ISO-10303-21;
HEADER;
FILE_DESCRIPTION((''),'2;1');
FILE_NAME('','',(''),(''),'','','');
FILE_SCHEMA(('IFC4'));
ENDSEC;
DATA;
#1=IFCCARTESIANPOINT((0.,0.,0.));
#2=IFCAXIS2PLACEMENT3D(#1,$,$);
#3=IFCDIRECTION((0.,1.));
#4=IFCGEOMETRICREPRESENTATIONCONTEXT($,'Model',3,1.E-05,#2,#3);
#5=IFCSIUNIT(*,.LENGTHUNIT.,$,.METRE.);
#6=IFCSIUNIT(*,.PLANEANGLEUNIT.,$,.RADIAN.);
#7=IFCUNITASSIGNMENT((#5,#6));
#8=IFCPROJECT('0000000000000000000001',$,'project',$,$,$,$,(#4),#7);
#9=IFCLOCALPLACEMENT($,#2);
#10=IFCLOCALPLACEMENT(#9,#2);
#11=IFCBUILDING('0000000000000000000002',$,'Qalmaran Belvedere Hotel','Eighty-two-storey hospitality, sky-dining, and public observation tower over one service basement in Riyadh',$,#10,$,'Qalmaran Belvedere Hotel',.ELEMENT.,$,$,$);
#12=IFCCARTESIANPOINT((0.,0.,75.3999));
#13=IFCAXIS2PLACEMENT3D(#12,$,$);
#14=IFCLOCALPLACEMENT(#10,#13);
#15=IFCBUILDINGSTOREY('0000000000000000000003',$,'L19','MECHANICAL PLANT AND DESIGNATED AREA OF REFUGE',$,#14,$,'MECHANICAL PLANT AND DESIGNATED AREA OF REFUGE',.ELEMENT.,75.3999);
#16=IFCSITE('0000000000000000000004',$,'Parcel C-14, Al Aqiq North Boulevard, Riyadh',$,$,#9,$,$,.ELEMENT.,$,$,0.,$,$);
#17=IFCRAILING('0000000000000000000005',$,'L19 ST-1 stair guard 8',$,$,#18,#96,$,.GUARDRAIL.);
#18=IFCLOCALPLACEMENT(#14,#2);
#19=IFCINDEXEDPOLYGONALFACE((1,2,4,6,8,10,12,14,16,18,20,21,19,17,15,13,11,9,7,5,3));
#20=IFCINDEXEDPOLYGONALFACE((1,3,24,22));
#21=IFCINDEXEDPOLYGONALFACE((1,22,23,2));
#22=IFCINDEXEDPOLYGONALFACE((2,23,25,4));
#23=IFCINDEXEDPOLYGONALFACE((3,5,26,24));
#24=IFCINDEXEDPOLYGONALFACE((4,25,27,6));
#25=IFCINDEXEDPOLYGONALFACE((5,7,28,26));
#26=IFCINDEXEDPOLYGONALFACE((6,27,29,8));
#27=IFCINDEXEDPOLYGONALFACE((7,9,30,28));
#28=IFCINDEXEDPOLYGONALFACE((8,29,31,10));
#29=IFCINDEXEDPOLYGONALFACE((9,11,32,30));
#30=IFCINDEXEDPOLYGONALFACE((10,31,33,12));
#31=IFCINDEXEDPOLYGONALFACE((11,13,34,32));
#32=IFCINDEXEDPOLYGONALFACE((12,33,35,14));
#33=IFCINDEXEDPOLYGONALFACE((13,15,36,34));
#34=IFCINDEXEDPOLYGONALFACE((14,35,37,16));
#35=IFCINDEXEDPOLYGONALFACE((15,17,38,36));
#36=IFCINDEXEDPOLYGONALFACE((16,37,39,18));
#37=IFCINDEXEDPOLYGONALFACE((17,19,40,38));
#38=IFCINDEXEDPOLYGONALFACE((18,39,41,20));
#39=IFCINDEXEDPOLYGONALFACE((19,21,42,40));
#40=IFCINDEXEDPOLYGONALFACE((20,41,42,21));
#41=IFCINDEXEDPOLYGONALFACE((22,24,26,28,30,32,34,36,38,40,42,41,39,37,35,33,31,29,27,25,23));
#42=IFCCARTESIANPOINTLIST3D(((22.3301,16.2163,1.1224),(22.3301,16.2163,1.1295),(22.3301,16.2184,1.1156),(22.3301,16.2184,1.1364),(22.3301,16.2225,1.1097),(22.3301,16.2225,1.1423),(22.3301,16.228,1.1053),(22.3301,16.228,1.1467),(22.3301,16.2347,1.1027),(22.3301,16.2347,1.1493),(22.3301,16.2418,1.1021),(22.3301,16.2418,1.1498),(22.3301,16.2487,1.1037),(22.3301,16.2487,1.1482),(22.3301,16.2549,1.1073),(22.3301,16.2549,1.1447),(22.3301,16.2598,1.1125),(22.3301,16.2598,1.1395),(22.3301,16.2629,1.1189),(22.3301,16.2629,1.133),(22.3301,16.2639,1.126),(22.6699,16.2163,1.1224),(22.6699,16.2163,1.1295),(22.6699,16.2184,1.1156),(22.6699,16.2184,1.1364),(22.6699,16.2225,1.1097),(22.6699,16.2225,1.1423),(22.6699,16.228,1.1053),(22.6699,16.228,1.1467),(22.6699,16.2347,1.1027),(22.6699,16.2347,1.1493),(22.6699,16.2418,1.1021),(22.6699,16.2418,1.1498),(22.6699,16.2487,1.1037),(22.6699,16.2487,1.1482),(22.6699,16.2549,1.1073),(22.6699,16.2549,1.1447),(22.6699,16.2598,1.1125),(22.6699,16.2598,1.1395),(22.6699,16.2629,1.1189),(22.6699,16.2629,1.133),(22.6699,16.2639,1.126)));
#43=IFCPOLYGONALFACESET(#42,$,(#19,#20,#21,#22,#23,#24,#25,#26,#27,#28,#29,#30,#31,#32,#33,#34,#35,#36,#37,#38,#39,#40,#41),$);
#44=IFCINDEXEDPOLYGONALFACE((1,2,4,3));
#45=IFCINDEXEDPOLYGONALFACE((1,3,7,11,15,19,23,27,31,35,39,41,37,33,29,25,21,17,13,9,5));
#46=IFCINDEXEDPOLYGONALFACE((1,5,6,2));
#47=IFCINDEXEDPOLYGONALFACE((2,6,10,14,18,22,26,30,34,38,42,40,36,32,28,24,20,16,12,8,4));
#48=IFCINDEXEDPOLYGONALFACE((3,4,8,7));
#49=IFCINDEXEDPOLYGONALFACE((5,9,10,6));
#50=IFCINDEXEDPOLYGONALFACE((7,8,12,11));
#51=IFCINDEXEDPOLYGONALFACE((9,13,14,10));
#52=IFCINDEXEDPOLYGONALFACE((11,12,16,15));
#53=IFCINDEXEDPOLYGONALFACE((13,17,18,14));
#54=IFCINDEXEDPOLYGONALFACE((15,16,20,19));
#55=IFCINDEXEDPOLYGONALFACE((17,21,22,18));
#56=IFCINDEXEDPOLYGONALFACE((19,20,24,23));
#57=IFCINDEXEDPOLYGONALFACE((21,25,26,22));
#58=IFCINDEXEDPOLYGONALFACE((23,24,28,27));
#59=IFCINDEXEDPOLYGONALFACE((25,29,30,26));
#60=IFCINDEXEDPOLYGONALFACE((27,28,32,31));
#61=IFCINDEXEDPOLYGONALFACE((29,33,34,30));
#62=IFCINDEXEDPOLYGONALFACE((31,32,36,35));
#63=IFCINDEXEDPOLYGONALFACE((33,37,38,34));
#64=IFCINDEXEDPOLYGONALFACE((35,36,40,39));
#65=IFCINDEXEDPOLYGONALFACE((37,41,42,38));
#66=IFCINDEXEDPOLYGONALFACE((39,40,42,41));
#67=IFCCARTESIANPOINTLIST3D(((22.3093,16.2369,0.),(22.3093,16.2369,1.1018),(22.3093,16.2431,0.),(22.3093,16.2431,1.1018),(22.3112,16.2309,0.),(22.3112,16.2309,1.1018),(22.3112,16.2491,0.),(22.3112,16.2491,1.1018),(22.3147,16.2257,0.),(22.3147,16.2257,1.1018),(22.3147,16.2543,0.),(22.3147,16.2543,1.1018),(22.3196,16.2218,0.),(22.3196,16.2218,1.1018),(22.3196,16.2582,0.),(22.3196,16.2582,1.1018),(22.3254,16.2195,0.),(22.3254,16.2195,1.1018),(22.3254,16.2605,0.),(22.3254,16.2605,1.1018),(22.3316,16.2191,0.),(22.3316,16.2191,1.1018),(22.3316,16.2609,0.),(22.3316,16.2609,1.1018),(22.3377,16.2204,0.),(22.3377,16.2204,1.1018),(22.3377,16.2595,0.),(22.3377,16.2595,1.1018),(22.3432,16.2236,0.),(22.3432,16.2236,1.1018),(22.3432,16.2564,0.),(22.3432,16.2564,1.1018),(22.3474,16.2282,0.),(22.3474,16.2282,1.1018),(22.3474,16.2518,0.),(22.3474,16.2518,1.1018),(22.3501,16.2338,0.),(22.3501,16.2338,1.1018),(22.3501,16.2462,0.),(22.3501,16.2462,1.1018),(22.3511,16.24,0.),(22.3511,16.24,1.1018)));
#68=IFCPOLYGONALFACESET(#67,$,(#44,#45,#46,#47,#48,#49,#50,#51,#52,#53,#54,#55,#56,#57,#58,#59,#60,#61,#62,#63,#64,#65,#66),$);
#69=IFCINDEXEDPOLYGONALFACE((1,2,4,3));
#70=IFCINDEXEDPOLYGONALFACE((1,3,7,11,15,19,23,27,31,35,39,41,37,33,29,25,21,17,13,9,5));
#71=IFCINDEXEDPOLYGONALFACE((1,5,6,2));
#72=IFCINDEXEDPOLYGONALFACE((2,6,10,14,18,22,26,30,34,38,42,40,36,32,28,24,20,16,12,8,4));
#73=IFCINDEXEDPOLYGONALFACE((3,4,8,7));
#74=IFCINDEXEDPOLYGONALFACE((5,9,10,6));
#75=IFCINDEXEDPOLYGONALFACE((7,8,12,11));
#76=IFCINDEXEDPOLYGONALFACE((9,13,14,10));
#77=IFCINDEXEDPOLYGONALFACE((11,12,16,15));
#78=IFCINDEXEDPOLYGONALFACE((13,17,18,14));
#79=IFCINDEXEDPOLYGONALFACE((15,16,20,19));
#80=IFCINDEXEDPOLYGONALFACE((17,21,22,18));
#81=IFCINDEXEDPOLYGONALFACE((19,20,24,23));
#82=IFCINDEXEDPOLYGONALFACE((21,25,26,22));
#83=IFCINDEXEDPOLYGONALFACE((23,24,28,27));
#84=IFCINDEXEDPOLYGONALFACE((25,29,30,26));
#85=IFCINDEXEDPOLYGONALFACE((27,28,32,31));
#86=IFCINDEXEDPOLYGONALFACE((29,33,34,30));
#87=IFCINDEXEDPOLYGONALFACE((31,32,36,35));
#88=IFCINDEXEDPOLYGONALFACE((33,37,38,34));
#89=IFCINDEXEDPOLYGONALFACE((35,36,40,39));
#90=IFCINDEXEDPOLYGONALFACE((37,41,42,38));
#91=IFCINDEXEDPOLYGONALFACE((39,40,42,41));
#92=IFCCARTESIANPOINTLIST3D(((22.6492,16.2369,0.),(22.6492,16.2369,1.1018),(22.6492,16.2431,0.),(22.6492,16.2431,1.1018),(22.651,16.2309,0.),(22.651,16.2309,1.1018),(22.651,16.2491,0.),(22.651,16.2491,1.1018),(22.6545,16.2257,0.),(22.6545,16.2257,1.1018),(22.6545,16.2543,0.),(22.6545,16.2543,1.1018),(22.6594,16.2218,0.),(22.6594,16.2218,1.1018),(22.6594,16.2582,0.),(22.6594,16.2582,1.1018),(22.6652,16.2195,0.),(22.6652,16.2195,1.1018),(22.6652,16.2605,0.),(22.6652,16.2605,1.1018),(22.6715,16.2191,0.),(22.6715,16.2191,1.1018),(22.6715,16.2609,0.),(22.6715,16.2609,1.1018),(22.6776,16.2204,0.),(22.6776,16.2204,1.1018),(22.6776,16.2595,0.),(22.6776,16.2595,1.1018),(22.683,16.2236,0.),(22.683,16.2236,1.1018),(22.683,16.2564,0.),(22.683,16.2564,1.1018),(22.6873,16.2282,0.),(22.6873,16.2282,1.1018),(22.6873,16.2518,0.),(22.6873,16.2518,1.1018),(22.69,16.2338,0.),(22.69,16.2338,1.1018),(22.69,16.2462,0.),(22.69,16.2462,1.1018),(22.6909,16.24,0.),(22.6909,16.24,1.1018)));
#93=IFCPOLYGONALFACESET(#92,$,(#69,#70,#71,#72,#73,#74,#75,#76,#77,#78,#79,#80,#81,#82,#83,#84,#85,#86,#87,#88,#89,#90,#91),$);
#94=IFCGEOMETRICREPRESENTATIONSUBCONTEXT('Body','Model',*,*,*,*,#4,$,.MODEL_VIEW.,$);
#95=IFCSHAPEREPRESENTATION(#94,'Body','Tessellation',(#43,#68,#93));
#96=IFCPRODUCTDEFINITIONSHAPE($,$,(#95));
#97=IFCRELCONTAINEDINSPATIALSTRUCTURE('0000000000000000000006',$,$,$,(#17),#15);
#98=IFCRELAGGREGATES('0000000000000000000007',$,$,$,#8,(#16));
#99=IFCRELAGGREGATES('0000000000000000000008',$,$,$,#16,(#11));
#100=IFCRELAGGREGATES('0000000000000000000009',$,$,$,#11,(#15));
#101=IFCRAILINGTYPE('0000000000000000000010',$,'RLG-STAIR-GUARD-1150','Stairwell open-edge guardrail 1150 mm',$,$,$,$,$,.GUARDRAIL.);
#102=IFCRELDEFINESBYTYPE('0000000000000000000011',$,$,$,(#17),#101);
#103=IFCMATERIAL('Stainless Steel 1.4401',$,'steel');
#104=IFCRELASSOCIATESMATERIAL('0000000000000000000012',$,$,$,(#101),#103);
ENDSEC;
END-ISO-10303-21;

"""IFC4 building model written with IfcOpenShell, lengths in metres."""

from ifc_helpers import new_model, si_unit, direction, frame, origin, origin_2d, place, context, subcontext, project, spatial, circle, extrude, material, type_object, element, save


model = new_model("IFC4")

# Units and contexts
model_context = context("Model", 3, precision=1e-05, world=origin(), true_north=direction((0.0, 1.0)))
body_context = subcontext(model_context, "Body", "Model", "MODEL_VIEW")
ifc_project = project(units=[si_unit("LENGTHUNIT", "METRE"), si_unit("PLANEANGLEUNIT", "RADIAN")], contexts=[model_context])

# Site, building, storey
site_placement = place(None, origin())
site = spatial("IfcSite", under=ifc_project, at=site_placement, Name="Parcel C-14, Al Aqiq North Boulevard, Riyadh", CompositionType="ELEMENT", RefElevation=0.0)
building_placement = place(site_placement, origin())
building = spatial("IfcBuilding", under=site, at=building_placement, Name="Qalmaran Belvedere Hotel", Description="Eighty-two-storey hospitality, sky-dining, and public observation tower over one service basement in Riyadh", LongName="Qalmaran Belvedere Hotel", CompositionType="ELEMENT")
storey_placement = place(building_placement, frame((0.0, 0.0, 75.3999)))
storey = spatial("IfcBuildingStorey", under=building, at=storey_placement, Name="L19", Description="MECHANICAL PLANT AND DESIGNATED AREA OF REFUGE", LongName="MECHANICAL PLANT AND DESIGNATED AREA OF REFUGE", CompositionType="ELEMENT", Elevation=75.3999)

# Railing
ifc_material_1 = material(Name="Stainless Steel 1.4401", Category="steel")
railing_type_1 = type_object("IfcRailingType", Name="RLG-STAIR-GUARD-1150", Description="Stairwell open-edge guardrail 1150 mm", PredefinedType="GUARDRAIL", material=ifc_material_1)
railing_1_placement = place(storey_placement, frame((22.3301, 16.24, 0.0)))
element("IfcRailing", 1, at=railing_1_placement, inside=storey, type_object=railing_type_1, Name="L19 ST-1 stair guard 8", PredefinedType="GUARDRAIL", context=body_context, shape_type="SweptSolid", body=[
    extrude(circle(Radius=0.0239, at=origin_2d()), frame((0.0, 0.0, 1.126), z_axis=(1.0, 0.0, 0.0), x_axis=(0.0, 1.0, 0.0)), (0.0, 0.0, 1.0), 0.3398),
    extrude(circle(Radius=0.021, at=origin_2d()), origin(), (0.0, 0.0, 1.0), 1.1018),
    extrude(circle(Radius=0.021, at=origin_2d()), frame((0.3398, 0.0, 0.0)), (0.0, 0.0, 1.0), 1.1018),
])

save(model, "model.ifc")
